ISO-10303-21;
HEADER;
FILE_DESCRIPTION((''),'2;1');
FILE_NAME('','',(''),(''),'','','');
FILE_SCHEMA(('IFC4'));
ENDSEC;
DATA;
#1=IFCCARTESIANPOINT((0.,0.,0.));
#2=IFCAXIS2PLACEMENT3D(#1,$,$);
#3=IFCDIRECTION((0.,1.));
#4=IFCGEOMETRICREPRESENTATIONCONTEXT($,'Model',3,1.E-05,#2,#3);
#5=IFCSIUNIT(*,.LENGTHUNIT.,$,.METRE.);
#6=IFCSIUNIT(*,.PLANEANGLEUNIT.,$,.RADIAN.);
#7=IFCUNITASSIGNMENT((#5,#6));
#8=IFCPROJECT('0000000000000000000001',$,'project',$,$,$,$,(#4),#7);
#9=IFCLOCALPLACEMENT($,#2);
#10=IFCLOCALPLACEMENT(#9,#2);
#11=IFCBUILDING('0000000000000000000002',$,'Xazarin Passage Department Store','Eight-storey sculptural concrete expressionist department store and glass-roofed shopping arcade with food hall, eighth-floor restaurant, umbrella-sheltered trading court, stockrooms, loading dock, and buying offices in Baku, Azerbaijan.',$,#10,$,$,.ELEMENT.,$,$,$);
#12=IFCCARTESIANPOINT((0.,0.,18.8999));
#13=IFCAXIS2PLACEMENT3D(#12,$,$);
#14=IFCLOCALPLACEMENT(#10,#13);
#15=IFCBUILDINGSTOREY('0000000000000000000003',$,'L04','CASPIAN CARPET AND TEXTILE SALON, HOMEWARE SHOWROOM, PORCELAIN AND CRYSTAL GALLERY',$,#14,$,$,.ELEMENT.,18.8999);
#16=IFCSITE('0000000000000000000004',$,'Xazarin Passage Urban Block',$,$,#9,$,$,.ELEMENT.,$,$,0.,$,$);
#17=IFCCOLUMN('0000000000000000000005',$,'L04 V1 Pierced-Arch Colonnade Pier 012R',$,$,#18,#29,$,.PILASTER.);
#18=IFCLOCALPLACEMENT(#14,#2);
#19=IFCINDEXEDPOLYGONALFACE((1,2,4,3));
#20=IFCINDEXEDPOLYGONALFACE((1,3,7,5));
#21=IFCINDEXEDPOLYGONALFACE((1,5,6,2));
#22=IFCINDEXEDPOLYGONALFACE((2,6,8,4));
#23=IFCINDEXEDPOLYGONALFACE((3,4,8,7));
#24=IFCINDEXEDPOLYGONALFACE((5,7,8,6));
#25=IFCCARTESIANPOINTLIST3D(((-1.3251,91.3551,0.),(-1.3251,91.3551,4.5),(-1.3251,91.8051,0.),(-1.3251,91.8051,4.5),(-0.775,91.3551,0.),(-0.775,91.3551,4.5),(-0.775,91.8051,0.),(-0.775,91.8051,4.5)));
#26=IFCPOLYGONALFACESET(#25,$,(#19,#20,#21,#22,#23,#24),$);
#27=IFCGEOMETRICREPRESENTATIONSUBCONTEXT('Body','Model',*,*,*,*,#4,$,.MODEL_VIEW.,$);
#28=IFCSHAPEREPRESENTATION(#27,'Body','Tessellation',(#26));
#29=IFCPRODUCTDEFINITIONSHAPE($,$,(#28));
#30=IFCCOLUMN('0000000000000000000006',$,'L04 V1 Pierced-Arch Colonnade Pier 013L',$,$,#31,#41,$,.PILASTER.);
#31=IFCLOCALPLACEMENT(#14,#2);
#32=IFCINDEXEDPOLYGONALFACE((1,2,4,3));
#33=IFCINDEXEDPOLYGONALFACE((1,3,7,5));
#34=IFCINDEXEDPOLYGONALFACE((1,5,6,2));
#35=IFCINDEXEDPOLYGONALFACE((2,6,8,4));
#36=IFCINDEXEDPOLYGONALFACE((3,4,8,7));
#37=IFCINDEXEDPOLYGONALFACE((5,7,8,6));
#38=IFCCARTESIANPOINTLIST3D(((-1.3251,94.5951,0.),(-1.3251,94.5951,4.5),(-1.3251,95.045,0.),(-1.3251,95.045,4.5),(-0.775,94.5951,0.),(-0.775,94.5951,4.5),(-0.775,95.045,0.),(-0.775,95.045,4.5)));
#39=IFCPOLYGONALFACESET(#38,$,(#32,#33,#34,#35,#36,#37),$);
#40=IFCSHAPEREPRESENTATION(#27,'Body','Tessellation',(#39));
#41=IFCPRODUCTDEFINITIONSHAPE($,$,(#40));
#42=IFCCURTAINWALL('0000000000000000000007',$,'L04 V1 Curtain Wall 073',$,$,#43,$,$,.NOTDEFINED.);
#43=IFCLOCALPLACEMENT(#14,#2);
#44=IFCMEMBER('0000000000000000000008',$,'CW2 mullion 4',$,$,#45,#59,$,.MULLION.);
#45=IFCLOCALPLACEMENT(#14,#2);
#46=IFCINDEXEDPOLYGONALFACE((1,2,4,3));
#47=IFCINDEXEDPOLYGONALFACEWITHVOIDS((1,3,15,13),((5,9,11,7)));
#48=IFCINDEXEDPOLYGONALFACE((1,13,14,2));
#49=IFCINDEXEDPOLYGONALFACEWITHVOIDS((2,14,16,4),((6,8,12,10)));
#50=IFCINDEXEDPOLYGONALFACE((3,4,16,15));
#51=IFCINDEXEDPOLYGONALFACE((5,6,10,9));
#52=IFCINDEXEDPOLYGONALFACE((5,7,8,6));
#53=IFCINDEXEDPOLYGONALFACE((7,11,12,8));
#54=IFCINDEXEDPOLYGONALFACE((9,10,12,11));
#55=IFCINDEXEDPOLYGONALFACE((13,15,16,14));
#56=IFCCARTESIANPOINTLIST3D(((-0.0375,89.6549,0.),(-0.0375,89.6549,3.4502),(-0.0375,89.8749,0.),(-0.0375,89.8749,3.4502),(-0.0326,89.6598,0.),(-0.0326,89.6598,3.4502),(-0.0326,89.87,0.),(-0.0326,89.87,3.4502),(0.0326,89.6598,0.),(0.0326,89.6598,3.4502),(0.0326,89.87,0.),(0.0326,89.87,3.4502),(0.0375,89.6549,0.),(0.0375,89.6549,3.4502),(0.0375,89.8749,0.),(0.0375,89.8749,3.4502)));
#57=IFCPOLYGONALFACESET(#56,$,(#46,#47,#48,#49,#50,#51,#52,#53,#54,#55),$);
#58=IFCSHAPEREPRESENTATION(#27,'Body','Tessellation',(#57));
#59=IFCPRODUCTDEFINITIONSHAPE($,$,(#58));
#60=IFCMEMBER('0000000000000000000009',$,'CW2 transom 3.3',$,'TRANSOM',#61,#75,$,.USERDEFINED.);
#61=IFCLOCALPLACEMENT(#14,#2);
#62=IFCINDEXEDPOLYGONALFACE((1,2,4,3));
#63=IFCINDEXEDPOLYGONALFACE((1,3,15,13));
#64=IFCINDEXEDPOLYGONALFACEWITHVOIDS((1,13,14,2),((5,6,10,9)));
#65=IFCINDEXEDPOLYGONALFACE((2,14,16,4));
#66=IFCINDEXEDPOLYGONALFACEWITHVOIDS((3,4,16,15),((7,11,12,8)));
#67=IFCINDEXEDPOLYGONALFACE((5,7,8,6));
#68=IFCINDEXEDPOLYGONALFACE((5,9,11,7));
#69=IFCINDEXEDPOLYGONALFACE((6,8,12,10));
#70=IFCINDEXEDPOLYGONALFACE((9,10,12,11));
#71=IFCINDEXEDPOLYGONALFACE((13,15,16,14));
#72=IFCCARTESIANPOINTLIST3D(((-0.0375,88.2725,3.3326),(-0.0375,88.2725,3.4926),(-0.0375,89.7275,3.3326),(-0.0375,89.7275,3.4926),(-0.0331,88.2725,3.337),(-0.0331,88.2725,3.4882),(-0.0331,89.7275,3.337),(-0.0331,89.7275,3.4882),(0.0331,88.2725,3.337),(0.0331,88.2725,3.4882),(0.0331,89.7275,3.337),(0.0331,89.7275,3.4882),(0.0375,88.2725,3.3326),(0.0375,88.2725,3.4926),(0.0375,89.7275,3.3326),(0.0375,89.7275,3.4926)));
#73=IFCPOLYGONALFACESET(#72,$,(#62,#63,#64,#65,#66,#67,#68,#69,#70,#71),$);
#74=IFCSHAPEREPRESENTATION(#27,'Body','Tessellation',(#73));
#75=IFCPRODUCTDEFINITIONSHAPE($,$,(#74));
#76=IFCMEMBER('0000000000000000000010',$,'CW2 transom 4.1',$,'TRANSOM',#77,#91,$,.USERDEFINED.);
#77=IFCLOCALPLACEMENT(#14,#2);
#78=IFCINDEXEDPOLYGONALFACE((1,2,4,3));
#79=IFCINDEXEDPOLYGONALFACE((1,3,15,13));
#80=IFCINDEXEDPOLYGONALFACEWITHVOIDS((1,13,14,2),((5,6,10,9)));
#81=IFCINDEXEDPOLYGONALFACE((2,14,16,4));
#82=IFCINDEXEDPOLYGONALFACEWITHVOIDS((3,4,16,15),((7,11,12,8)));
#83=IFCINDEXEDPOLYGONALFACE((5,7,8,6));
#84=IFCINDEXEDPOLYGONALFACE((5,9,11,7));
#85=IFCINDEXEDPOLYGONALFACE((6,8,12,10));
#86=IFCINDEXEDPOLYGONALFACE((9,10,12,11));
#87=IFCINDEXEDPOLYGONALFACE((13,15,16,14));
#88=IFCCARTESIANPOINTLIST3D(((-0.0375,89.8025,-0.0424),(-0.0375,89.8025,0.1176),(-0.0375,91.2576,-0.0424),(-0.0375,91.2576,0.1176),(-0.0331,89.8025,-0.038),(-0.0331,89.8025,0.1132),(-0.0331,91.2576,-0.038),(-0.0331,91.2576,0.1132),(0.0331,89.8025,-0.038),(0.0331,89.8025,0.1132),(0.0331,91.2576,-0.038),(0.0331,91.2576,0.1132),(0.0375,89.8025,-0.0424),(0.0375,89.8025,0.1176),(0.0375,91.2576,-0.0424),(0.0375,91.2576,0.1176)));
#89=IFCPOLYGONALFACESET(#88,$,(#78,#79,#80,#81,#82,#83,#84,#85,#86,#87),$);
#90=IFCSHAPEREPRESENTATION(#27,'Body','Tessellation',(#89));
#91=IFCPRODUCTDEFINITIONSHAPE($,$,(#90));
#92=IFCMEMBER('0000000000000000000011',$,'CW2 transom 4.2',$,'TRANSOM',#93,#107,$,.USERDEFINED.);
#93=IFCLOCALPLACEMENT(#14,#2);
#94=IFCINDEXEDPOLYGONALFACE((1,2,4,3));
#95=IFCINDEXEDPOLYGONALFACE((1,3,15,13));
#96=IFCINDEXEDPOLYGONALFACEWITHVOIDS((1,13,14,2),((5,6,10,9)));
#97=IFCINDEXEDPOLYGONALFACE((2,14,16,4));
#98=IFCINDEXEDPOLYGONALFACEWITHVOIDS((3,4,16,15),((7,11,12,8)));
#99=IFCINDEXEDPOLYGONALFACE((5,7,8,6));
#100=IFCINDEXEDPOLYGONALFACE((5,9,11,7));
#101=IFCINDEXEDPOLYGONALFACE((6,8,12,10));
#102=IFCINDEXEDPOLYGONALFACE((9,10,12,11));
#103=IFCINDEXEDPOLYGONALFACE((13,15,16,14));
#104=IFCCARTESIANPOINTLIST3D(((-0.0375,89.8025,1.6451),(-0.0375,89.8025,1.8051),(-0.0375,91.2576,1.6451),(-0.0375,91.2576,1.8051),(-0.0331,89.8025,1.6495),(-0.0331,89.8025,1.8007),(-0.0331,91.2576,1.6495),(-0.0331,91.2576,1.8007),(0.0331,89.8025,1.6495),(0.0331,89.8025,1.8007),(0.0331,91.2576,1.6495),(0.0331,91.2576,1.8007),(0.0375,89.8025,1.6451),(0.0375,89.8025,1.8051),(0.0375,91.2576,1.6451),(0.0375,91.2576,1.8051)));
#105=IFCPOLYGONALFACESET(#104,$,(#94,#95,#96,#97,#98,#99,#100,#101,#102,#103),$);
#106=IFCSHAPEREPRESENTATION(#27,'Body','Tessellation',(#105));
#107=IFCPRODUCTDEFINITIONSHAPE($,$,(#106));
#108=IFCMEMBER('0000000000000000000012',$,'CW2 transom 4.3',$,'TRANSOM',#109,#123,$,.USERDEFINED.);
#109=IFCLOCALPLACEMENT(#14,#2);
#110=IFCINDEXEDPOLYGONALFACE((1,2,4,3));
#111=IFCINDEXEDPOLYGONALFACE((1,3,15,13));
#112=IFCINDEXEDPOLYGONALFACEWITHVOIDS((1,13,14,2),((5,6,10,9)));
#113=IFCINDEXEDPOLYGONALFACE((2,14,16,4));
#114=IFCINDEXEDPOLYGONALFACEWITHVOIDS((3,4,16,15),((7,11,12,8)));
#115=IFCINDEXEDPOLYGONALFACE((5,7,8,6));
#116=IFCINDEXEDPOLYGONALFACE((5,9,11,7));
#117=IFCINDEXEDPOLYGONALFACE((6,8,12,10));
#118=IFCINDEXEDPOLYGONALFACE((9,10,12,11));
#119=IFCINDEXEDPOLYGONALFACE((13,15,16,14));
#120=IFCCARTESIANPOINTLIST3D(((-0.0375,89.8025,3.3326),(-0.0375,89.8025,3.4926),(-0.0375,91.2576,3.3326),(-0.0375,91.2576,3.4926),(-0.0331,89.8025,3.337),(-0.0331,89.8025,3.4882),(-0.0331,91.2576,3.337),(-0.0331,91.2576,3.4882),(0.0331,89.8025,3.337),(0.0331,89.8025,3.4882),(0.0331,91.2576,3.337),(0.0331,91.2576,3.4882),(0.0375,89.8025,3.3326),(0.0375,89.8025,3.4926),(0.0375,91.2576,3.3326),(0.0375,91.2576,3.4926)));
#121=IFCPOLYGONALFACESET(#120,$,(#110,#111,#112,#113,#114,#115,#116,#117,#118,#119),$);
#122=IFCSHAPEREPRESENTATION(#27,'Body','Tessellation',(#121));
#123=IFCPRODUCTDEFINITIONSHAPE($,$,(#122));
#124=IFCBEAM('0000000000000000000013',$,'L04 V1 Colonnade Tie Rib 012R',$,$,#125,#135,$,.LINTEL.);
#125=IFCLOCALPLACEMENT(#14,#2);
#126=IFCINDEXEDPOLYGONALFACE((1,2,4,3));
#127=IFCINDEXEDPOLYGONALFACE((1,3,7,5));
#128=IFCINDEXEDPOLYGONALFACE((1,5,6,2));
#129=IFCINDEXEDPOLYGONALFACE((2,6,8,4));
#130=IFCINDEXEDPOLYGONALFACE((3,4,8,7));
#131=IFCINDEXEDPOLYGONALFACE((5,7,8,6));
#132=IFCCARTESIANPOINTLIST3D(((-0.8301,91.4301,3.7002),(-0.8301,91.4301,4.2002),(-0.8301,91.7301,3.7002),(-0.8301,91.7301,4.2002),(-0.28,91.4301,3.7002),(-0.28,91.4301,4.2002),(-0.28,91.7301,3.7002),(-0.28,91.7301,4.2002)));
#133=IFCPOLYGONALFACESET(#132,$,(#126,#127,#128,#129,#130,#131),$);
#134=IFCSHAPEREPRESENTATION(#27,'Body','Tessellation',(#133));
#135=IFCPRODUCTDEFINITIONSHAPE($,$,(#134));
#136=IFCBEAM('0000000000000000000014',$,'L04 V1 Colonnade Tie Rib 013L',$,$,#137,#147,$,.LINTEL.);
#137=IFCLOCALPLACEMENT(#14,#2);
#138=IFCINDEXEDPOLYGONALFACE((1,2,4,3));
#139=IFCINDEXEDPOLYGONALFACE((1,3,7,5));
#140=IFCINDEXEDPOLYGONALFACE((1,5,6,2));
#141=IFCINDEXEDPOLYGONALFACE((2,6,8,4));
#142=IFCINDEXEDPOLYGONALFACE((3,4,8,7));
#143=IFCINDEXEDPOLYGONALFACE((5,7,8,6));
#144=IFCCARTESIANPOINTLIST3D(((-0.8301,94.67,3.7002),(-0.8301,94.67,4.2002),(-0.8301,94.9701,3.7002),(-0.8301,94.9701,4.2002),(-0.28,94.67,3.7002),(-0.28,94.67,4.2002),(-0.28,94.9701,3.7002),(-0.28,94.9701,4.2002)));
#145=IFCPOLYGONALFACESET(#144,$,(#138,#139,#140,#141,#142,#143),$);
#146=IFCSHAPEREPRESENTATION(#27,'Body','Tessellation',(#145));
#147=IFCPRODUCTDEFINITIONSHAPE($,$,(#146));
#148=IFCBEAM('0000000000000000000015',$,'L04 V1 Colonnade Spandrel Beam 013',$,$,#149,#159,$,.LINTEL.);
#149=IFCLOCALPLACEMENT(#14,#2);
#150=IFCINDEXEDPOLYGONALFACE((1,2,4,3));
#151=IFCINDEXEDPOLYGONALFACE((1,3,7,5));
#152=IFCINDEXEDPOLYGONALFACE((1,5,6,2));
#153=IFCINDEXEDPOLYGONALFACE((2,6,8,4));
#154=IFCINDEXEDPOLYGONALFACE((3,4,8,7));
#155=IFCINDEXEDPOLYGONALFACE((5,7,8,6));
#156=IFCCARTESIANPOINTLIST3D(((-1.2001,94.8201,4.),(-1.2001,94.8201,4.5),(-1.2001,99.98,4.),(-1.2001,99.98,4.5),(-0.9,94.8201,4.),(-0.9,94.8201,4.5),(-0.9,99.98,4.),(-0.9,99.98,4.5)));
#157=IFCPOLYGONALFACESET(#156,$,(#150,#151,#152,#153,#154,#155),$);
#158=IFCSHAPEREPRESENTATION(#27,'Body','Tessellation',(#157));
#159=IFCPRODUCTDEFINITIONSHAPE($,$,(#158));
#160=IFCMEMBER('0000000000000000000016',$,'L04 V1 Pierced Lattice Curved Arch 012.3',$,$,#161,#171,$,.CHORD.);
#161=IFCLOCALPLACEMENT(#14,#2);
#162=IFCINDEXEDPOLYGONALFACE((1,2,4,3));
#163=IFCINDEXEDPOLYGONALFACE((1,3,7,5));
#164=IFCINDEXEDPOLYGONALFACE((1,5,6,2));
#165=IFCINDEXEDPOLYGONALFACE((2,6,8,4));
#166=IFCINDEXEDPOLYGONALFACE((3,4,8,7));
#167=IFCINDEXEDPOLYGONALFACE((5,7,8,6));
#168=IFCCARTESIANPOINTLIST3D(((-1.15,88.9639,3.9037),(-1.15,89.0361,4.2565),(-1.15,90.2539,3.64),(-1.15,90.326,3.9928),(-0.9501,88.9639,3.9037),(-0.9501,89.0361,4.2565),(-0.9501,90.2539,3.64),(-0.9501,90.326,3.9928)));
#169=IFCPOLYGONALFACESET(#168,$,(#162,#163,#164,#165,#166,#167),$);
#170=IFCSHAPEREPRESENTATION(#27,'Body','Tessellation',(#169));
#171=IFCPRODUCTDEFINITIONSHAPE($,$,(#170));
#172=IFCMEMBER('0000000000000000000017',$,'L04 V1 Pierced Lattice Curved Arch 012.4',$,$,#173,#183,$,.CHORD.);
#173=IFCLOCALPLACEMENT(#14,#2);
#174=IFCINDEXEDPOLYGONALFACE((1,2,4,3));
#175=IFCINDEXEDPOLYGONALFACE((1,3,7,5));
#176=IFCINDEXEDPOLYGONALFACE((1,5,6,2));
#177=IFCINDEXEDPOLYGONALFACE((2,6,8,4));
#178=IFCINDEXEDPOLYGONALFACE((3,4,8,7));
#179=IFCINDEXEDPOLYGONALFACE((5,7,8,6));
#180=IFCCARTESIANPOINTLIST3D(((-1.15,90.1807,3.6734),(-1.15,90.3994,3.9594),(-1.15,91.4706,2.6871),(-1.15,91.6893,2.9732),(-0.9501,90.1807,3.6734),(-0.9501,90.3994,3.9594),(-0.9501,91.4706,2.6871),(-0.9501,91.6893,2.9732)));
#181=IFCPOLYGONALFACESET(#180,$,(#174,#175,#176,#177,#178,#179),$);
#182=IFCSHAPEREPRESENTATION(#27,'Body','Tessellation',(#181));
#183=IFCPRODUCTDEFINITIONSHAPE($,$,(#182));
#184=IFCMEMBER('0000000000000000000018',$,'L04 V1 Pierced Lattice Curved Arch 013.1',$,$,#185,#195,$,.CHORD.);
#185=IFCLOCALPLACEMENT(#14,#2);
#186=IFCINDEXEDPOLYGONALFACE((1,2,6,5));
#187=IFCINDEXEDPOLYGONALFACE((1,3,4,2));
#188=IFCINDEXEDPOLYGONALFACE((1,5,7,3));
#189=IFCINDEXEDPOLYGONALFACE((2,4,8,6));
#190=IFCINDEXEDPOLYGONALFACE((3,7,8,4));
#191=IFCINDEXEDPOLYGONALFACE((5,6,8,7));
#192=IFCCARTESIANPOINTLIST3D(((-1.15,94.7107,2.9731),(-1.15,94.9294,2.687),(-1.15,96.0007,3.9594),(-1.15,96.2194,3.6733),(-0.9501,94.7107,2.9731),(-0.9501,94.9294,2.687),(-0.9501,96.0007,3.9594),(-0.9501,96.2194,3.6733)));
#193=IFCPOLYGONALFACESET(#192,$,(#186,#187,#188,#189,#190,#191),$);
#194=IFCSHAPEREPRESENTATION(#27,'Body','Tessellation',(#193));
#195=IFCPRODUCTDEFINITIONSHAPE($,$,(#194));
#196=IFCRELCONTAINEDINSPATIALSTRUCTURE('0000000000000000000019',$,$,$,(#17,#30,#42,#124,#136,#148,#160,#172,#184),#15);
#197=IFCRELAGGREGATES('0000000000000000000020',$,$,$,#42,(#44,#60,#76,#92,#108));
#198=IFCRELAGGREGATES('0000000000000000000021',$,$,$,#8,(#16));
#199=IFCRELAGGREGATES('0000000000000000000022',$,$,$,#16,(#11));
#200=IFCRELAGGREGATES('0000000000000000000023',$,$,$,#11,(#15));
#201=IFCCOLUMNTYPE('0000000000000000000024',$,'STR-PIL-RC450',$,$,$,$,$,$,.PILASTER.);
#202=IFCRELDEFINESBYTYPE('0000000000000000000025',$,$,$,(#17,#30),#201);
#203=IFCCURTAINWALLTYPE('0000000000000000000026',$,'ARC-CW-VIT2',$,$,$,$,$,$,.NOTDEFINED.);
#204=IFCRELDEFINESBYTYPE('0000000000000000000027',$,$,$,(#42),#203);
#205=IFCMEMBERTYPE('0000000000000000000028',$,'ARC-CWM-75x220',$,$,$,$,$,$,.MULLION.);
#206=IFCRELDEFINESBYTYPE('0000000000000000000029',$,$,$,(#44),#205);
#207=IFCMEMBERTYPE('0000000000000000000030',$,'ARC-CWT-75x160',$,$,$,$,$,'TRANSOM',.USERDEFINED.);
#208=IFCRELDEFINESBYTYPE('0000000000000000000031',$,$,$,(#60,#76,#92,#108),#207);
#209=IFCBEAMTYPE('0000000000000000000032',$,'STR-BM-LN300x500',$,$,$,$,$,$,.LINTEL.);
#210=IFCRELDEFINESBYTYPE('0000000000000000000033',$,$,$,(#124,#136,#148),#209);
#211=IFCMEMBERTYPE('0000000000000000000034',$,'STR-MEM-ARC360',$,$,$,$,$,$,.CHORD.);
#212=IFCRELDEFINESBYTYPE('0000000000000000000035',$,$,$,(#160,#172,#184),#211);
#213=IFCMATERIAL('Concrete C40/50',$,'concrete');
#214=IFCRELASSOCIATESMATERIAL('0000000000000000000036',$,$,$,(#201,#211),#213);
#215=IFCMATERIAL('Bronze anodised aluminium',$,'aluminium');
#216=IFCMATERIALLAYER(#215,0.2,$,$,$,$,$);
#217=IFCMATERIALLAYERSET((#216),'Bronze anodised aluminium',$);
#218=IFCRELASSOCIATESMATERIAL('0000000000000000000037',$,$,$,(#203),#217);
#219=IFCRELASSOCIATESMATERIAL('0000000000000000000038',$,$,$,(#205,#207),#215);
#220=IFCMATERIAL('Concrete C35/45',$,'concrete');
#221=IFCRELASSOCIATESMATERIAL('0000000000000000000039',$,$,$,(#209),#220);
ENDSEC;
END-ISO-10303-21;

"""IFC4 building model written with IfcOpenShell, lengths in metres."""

from ifc_helpers import new_model, si_unit, direction, frame, origin, origin_2d, place, context, subcontext, project, spatial, rectangle, hollow_rectangle, extrude, material, layer, layer_set, material_profile, profile_set, type_object, element, aggregate, save


model = new_model("IFC4")

# Units and contexts
model_context = context("Model", 3, precision=1e-05, world=origin(), true_north=direction((0.0, 1.0)))
body_context = subcontext(model_context, "Body", "Model", "MODEL_VIEW")
ifc_project = project(units=[si_unit("LENGTHUNIT", "METRE"), si_unit("PLANEANGLEUNIT", "RADIAN")], contexts=[model_context])

# Site, building, storey
site_placement = place(None, origin())
site = spatial("IfcSite", under=ifc_project, at=site_placement, Name="Xazarin Passage Urban Block", CompositionType="ELEMENT", RefElevation=0.0)
building_placement = place(site_placement, origin())
building = spatial("IfcBuilding", under=site, at=building_placement, Name="Xazarin Passage Department Store", Description="Eight-storey sculptural concrete expressionist department store and glass-roofed shopping arcade with food hall, eighth-floor restaurant, umbrella-sheltered trading court, stockrooms, loading dock, and buying offices in Baku, Azerbaijan.", CompositionType="ELEMENT")
storey_placement = place(building_placement, frame((0.0, 0.0, 18.8999)))
storey = spatial("IfcBuildingStorey", under=building, at=storey_placement, Name="L04", Description="CASPIAN CARPET AND TEXTILE SALON, HOMEWARE SHOWROOM, PORCELAIN AND CRYSTAL GALLERY", CompositionType="ELEMENT", Elevation=18.8999)

# Columns
ifc_material_1 = material(Name="Concrete C40/50", Category="concrete")
ifc_material_profile_1 = material_profile(ifc_material_1, rectangle(XDim=0.45, YDim=0.55, at=origin_2d()), Name="RC 450x550")
ifc_profile_set_1 = profile_set([ifc_material_profile_1], Name="Concrete C40/50")
column_type = type_object("IfcColumnType", Name="STR-PIL-RC450", PredefinedType="PILASTER", material=ifc_profile_set_1)
for number, where, z_axis, x_axis, name in (
    (1, (-1.05, 91.5801, 0.0), (0.0, 0.0, 1.0), (0.0, 1.0, 0.0), "L04 V1 Pierced-Arch Colonnade Pier 012R"),
    (2, (-1.05, 94.8201, 0.0), (0.0, 0.0, 1.0), (0.0, 1.0, 0.0), "L04 V1 Pierced-Arch Colonnade Pier 013L"),
):
    element("IfcColumn", number, at=place(storey_placement, frame(where, z_axis=z_axis, x_axis=x_axis)), inside=storey, type_object=column_type, Name=name, PredefinedType="PILASTER", context=body_context, shape_type="SweptSolid", body=[
        extrude(rectangle(XDim=0.45, YDim=0.55, at=origin_2d()), origin(), (0.0, 0.0, 1.0), 4.5),
    ])

# Curtain wall, members
ifc_material_2 = material(Name="Bronze anodised aluminium", Category="aluminium")
ifc_layer_1 = layer(ifc_material_2, 0.2)
ifc_layer_set_1 = layer_set([ifc_layer_1], Name="Bronze anodised aluminium")
curtain_wall_type = type_object("IfcCurtainWallType", Name="ARC-CW-VIT2", PredefinedType="NOTDEFINED", material=ifc_layer_set_1)
curtain_wall_placement = place(storey_placement, origin())
curtain_wall = element("IfcCurtainWall", 3, at=curtain_wall_placement, inside=storey, type_object=curtain_wall_type, Name="L04 V1 Curtain Wall 073", PredefinedType="NOTDEFINED")
ifc_material_profile_2 = material_profile(ifc_material_2, hollow_rectangle(XDim=0.075, YDim=0.22, WallThickness=0.0049, at=origin_2d()), Name="ALU 75x220")
ifc_profile_set_2 = profile_set([ifc_material_profile_2], Name="Bronze anodised aluminium")
member_type_1 = type_object("IfcMemberType", Name="ARC-CWM-75x220", PredefinedType="MULLION", material=ifc_profile_set_2)
member_1_placement = place(storey_placement, frame((0.0, 89.7649, 0.0), z_axis=(0.0, 0.0, 1.0), x_axis=(-1.0, 0.0, 0.0)))
member_1 = element("IfcMember", 4, at=member_1_placement, type_object=member_type_1, Name="CW2 mullion 4", PredefinedType="MULLION", context=body_context, shape_type="SweptSolid", body=[
    extrude(hollow_rectangle(XDim=0.075, YDim=0.22, WallThickness=0.0049, at=origin_2d()), origin(), (0.0, 0.0, 1.0), 3.4502),
])
ifc_material_profile_3 = material_profile(ifc_material_2, hollow_rectangle(XDim=0.075, YDim=0.1599, WallThickness=0.0044, at=origin_2d()), Name="ALU 75x160")
ifc_profile_set_3 = profile_set([ifc_material_profile_3], Name="Bronze anodised aluminium")
member_type_2 = type_object("IfcMemberType", Name="ARC-CWT-75x160", ElementType="TRANSOM", PredefinedType="USERDEFINED", material=ifc_profile_set_3)
member_2_placement = place(storey_placement, frame((0.0, 88.2725, 3.4126), z_axis=(0.0, 1.0, 0.0), x_axis=(-1.0, 0.0, 0.0)))
member_2 = element("IfcMember", 5, at=member_2_placement, type_object=member_type_2, Name="CW2 transom 3.3", ObjectType="TRANSOM", PredefinedType="USERDEFINED", context=body_context, shape_type="SweptSolid", body=[
    extrude(hollow_rectangle(XDim=0.075, YDim=0.1599, WallThickness=0.0044, at=origin_2d()), origin(), (0.0, 0.0, 1.0), 1.4551),
])
member_3_placement = place(storey_placement, frame((0.0, 89.8025, 0.0376), z_axis=(0.0, 1.0, 0.0), x_axis=(-1.0, 0.0, 0.0)))
member_3 = element("IfcMember", 6, at=member_3_placement, type_object=member_type_2, Name="CW2 transom 4.1", ObjectType="TRANSOM", PredefinedType="USERDEFINED", context=body_context, shape_type="SweptSolid", body=[
    extrude(hollow_rectangle(XDim=0.075, YDim=0.1599, WallThickness=0.0044, at=origin_2d()), origin(), (0.0, 0.0, 1.0), 1.4551),
])
member_4_placement = place(storey_placement, frame((0.0, 89.8025, 1.7251), z_axis=(0.0, 1.0, 0.0), x_axis=(-1.0, 0.0, 0.0)))
member_4 = element("IfcMember", 7, at=member_4_placement, type_object=member_type_2, Name="CW2 transom 4.2", ObjectType="TRANSOM", PredefinedType="USERDEFINED", context=body_context, shape_type="SweptSolid", body=[
    extrude(hollow_rectangle(XDim=0.075, YDim=0.1599, WallThickness=0.0044, at=origin_2d()), origin(), (0.0, 0.0, 1.0), 1.4551),
])
member_5_placement = place(storey_placement, frame((0.0, 89.8025, 3.4126), z_axis=(0.0, 1.0, 0.0), x_axis=(-1.0, 0.0, 0.0)))
member_5 = element("IfcMember", 8, at=member_5_placement, type_object=member_type_2, Name="CW2 transom 4.3", ObjectType="TRANSOM", PredefinedType="USERDEFINED", context=body_context, shape_type="SweptSolid", body=[
    extrude(hollow_rectangle(XDim=0.075, YDim=0.1599, WallThickness=0.0044, at=origin_2d()), origin(), (0.0, 0.0, 1.0), 1.4551),
])

# Beams
ifc_material_3 = material(Name="Concrete C35/45", Category="concrete")
ifc_material_profile_4 = material_profile(ifc_material_3, rectangle(XDim=0.3, YDim=0.5, at=origin_2d()), Name="RC 300x500")
ifc_profile_set_4 = profile_set([ifc_material_profile_4], Name="Concrete C35/45")
beam_type = type_object("IfcBeamType", Name="STR-BM-LN300x500", PredefinedType="LINTEL", material=ifc_profile_set_4)
for number, where, z_axis, x_axis, name in (
    (9, (-0.28, 91.5801, 3.9502), (-1.0, 0.0, 0.0), (0.0, -1.0, 0.0), "L04 V1 Colonnade Tie Rib 012R"),
    (10, (-0.28, 94.8201, 3.9502), (-1.0, 0.0, 0.0), (0.0, -1.0, 0.0), "L04 V1 Colonnade Tie Rib 013L"),
):
    element("IfcBeam", number, at=place(storey_placement, frame(where, z_axis=z_axis, x_axis=x_axis)), inside=storey, type_object=beam_type, Name=name, PredefinedType="LINTEL", context=body_context, shape_type="SweptSolid", body=[
        extrude(rectangle(XDim=0.3, YDim=0.5, at=origin_2d()), origin(), (0.0, 0.0, 1.0), 0.55),
    ])
beam_placement = place(storey_placement, frame((-1.05, 94.8201, 4.25), z_axis=(0.0, 1.0, 0.0), x_axis=(-1.0, 0.0, 0.0)))
element("IfcBeam", 11, at=beam_placement, inside=storey, type_object=beam_type, Name="L04 V1 Colonnade Spandrel Beam 013", PredefinedType="LINTEL", context=body_context, shape_type="SweptSolid", body=[
    extrude(rectangle(XDim=0.3, YDim=0.5, at=origin_2d()), origin(), (0.0, 0.0, 1.0), 5.1599),
])

# Members
ifc_material_profile_5 = material_profile(ifc_material_1, rectangle(XDim=0.2, YDim=0.3601, at=origin_2d()), Name="RC 200x360")
ifc_profile_set_5 = profile_set([ifc_material_profile_5], Name="Concrete C40/50")
member_type_3 = type_object("IfcMemberType", Name="STR-MEM-ARC360", PredefinedType="CHORD", material=ifc_profile_set_5)
member_6_placement = place(storey_placement, frame((-1.05, 89.0, 4.0801), z_axis=(0.0, 0.979745, -0.200251), x_axis=(-1.0, 0.0, 0.0)))
element("IfcMember", 12, at=member_6_placement, inside=storey, type_object=member_type_3, Name="L04 V1 Pierced Lattice Curved Arch 012.3", PredefinedType="CHORD", context=body_context, shape_type="SweptSolid", body=[
    extrude(rectangle(XDim=0.2, YDim=0.3601, at=origin_2d()), origin(), (0.0, 0.0, 1.0), 1.3167),
])
for number, where, z_axis, x_axis, name in (
    (13, (-1.05, 90.29, 3.8164), (0.0, 0.794409, -0.607383), (-1.0, 0.0, 0.0), "L04 V1 Pierced Lattice Curved Arch 012.4"),
    (14, (-1.05, 94.8201, 2.8301), (0.0, 0.794409, 0.607383), (-1.0, 0.0, 0.0), "L04 V1 Pierced Lattice Curved Arch 013.1"),
):
    element("IfcMember", number, at=place(storey_placement, frame(where, z_axis=z_axis, x_axis=x_axis)), inside=storey, type_object=member_type_3, Name=name, PredefinedType="CHORD", context=body_context, shape_type="SweptSolid", body=[
        extrude(rectangle(XDim=0.2, YDim=0.3601, at=origin_2d()), origin(), (0.0, 0.0, 1.0), 1.6238),
    ])

aggregate(curtain_wall, [member_1, member_2, member_3, member_4, member_5])

save(model, "model.ifc")
